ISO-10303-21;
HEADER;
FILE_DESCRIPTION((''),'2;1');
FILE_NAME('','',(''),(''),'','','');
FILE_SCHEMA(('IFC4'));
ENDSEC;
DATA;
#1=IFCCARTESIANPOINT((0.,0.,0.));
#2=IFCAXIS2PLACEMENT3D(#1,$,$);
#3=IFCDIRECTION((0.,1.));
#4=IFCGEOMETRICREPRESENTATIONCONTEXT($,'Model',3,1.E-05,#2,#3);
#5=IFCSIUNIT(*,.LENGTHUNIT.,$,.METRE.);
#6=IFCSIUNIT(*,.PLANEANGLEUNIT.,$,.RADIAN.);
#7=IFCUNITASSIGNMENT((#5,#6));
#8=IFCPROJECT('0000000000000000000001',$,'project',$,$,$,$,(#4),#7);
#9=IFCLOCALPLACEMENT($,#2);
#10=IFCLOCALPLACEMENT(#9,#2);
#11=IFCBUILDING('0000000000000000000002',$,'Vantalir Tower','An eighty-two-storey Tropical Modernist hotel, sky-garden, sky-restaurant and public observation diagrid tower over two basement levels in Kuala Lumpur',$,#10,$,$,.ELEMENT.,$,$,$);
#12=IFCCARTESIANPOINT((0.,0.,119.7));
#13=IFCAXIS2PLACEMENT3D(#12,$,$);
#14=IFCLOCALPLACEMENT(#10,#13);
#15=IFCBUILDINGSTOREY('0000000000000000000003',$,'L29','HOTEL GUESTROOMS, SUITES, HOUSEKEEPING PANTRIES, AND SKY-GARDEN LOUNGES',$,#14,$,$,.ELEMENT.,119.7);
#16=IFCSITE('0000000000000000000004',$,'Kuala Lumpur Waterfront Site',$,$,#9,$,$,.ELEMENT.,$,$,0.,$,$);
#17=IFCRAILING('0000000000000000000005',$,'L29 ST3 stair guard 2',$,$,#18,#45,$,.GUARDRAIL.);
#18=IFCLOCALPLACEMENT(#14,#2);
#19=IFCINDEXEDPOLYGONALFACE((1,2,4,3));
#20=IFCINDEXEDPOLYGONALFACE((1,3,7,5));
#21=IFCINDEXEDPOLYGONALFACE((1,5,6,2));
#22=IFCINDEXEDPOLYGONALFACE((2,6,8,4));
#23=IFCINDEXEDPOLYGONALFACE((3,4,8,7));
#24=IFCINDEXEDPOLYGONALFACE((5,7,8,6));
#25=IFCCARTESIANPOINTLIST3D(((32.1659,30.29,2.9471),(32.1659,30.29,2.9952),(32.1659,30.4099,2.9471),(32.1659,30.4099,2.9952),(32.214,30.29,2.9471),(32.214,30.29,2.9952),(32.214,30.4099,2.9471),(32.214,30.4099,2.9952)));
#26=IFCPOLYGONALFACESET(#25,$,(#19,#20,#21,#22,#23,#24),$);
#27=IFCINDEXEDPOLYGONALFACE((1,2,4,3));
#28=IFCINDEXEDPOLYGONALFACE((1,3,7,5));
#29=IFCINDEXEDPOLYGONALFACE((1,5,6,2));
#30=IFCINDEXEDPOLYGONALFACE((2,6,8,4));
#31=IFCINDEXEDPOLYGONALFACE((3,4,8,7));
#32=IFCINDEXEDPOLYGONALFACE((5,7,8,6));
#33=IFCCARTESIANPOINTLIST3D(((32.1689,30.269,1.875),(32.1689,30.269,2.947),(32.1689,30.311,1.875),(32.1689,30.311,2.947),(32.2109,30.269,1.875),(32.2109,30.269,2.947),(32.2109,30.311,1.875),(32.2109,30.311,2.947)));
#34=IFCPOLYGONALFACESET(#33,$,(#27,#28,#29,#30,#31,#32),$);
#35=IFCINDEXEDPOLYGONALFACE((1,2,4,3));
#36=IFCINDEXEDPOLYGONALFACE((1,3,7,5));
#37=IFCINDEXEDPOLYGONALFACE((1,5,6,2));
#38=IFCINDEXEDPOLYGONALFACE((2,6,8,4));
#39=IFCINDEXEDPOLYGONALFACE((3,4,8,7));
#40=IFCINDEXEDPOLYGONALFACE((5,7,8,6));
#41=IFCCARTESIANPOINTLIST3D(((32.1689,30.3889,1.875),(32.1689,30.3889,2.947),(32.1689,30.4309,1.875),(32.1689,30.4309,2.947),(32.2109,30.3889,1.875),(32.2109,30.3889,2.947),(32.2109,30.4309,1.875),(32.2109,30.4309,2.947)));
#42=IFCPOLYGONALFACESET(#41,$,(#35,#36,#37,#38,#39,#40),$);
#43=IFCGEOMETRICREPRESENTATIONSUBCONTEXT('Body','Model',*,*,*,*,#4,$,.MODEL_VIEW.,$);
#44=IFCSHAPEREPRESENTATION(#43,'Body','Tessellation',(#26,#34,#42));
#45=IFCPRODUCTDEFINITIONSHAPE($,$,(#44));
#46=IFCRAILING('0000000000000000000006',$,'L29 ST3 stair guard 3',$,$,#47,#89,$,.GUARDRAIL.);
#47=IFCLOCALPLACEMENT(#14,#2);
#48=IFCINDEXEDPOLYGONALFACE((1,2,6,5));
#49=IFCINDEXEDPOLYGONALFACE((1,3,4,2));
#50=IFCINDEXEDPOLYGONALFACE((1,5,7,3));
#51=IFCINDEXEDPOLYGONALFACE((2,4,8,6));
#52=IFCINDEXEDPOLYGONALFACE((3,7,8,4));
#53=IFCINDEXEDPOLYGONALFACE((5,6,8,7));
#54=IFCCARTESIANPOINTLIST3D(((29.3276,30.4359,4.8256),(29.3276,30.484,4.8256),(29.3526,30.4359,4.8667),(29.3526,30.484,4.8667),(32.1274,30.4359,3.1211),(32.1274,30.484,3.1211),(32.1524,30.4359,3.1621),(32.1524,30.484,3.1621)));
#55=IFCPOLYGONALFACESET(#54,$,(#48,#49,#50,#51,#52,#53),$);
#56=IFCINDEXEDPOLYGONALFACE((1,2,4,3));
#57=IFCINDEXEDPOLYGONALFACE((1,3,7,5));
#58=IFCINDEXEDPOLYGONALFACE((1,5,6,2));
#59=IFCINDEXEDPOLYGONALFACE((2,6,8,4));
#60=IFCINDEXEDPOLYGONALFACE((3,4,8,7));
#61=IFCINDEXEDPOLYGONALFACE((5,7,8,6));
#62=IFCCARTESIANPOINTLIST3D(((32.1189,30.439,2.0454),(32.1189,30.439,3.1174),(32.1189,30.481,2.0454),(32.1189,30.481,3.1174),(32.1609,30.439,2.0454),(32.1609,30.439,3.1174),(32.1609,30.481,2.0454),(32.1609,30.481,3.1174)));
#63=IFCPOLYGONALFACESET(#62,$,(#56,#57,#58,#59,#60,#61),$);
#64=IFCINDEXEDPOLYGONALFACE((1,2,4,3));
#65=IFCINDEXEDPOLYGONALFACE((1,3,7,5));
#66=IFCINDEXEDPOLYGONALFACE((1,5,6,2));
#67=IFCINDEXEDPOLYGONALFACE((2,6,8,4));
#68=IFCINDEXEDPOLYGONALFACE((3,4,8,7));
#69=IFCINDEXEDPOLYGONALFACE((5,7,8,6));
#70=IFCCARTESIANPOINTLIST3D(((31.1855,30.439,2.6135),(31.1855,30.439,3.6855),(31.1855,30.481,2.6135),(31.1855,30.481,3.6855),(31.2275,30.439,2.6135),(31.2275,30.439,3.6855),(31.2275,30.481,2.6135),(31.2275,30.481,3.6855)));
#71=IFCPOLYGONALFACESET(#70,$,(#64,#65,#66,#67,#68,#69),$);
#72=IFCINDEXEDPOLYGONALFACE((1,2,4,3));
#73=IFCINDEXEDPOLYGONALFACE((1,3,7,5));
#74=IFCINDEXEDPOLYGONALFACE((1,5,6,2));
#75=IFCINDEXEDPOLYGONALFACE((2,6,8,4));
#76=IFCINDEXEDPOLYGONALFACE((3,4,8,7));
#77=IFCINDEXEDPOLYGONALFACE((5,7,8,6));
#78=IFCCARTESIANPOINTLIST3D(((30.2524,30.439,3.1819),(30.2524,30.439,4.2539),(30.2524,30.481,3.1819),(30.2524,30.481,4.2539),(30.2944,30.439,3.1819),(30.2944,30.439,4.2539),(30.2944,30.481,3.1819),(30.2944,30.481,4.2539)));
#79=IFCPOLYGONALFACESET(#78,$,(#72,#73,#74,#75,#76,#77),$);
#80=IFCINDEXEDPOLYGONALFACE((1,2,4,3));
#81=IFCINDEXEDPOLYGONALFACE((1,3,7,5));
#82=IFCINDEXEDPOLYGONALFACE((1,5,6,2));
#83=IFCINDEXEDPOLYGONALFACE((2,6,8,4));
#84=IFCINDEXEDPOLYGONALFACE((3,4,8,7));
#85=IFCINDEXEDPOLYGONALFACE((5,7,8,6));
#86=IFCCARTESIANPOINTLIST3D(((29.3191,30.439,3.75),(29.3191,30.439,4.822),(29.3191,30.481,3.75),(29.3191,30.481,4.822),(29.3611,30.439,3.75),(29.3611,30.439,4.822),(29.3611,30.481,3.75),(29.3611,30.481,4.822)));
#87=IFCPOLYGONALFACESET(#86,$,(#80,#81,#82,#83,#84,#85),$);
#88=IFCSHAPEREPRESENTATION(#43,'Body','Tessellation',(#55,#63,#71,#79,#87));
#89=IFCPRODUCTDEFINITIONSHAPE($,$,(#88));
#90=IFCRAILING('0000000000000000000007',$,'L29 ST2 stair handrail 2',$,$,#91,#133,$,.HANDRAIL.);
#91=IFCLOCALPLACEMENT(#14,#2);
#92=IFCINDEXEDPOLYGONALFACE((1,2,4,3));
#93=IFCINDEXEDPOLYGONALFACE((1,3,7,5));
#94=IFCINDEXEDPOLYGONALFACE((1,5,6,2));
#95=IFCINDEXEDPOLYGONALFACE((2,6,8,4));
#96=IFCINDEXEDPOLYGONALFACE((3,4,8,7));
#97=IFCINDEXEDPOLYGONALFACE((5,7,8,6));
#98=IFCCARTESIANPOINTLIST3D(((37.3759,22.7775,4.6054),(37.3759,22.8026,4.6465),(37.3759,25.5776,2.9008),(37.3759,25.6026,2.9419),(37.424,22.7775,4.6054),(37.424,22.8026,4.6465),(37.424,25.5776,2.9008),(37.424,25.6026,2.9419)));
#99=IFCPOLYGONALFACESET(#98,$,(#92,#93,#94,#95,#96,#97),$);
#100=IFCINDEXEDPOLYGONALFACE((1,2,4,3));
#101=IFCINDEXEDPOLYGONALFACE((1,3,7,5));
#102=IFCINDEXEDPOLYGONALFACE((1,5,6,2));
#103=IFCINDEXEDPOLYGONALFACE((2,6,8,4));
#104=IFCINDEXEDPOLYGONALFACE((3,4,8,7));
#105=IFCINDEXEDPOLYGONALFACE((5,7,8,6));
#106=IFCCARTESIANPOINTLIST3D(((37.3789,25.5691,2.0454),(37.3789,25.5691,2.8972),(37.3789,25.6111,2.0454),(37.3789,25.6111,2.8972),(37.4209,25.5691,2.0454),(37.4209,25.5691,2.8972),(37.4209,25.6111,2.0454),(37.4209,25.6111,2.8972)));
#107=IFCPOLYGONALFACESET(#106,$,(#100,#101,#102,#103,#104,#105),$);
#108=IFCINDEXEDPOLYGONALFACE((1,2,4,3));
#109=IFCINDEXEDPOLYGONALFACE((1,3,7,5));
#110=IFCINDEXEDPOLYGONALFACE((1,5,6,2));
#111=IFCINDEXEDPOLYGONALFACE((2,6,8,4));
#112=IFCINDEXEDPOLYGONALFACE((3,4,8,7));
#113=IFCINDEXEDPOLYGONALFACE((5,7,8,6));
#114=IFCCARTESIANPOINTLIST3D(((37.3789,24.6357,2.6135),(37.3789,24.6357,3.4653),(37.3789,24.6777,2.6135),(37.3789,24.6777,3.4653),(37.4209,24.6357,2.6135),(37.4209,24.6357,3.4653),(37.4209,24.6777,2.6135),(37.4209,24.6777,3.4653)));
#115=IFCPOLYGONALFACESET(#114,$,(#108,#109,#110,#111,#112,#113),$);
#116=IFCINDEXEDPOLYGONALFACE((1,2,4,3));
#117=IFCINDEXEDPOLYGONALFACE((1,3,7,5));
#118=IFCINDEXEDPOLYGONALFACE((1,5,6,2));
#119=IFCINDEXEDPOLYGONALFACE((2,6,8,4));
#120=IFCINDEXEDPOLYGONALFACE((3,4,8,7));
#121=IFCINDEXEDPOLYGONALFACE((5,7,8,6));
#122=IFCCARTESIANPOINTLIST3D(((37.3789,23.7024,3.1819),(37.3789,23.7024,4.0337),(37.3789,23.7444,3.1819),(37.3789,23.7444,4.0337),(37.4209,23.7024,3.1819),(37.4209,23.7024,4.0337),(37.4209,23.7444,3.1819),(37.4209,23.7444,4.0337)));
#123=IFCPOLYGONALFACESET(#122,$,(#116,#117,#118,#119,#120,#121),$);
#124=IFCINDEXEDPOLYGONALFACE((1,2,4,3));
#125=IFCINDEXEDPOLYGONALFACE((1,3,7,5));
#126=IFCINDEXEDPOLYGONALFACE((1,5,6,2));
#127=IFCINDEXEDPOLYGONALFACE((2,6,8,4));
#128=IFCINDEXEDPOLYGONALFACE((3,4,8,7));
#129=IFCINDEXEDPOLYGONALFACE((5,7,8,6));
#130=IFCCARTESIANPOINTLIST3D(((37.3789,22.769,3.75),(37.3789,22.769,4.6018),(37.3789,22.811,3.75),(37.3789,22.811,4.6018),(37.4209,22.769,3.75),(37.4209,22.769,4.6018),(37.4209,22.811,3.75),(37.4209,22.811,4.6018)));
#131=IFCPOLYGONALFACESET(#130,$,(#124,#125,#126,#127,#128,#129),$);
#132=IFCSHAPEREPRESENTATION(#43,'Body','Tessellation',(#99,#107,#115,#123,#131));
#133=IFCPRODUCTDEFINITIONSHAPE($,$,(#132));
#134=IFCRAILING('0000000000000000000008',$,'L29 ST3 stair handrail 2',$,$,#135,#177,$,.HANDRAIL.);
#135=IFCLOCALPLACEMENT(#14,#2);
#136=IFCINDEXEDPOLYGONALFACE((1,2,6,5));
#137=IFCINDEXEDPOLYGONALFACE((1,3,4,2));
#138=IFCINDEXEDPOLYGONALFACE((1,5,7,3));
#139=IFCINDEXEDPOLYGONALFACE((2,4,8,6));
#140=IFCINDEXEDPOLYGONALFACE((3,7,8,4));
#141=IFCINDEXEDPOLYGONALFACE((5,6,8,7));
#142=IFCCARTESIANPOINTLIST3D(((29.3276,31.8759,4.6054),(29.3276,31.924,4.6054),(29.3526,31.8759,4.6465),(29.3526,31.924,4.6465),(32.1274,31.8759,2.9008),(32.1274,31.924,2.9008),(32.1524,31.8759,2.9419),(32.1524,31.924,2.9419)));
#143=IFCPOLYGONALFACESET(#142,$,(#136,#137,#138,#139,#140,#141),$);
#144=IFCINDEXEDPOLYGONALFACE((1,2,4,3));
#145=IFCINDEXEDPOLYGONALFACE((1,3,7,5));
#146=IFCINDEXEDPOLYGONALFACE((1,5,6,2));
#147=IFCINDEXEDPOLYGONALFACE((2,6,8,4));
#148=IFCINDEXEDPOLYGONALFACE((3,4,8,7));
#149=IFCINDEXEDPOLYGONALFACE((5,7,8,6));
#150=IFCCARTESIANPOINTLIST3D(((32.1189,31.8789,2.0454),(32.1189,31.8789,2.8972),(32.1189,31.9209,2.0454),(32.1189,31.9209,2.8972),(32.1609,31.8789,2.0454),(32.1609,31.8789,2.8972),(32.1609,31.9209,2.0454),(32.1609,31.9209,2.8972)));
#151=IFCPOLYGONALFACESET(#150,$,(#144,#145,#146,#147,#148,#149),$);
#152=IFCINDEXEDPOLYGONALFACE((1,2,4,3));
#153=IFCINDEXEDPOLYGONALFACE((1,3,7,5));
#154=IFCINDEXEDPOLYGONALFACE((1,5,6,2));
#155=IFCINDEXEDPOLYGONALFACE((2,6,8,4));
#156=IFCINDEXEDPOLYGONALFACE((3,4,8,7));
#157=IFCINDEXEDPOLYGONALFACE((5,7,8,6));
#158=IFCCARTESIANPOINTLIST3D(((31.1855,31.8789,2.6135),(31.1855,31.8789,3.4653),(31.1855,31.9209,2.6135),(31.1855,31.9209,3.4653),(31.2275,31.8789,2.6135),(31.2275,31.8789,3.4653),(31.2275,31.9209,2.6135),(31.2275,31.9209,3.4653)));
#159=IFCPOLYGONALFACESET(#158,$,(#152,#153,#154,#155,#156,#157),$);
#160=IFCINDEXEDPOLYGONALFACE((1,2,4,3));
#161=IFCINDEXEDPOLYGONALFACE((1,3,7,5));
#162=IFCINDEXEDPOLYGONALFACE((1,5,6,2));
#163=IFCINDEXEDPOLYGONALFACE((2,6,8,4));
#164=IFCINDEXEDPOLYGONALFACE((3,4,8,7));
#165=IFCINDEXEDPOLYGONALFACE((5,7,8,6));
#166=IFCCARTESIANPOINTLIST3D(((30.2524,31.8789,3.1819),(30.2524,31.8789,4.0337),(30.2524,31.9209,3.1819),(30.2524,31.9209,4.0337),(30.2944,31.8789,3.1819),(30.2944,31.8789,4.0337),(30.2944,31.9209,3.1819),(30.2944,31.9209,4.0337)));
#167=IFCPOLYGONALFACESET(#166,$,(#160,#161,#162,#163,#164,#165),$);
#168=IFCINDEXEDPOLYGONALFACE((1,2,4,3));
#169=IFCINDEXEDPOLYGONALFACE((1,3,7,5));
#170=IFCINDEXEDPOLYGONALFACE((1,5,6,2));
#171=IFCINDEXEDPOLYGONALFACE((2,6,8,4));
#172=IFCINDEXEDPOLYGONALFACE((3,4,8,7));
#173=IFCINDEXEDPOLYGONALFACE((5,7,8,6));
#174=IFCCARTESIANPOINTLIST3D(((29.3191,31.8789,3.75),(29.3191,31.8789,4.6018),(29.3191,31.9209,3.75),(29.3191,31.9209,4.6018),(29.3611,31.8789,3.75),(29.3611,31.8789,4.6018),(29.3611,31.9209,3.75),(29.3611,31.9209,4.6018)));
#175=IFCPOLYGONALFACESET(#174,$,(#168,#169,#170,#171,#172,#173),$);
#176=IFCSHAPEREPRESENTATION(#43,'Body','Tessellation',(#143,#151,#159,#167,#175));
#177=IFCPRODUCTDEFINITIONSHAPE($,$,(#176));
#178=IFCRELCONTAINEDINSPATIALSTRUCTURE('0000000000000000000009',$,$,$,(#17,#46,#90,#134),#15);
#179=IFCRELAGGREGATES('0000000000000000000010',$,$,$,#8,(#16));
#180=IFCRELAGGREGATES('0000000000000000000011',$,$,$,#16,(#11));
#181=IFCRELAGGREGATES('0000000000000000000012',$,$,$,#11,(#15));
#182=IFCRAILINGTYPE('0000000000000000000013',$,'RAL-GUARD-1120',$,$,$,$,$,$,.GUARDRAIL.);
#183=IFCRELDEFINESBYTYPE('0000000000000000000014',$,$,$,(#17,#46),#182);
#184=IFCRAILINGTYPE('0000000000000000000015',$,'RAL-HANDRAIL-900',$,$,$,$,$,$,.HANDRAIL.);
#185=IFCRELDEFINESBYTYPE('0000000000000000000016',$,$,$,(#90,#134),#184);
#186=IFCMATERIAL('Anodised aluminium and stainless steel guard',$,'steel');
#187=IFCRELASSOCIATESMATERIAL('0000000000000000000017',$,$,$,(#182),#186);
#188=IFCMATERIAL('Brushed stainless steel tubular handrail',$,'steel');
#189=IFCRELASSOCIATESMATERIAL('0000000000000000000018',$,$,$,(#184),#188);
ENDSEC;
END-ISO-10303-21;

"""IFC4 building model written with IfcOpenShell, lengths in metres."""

from ifc_helpers import new_model, si_unit, direction, frame, origin, origin_2d, place, context, subcontext, project, spatial, rectangle, extrude, material, type_object, element, save


model = new_model("IFC4")

# Units and contexts
model_context = context("Model", 3, precision=1e-05, world=origin(), true_north=direction((0.0, 1.0)))
body_context = subcontext(model_context, "Body", "Model", "MODEL_VIEW")
ifc_project = project(units=[si_unit("LENGTHUNIT", "METRE"), si_unit("PLANEANGLEUNIT", "RADIAN")], contexts=[model_context])

# Site, building, storey
site_placement = place(None, origin())
site = spatial("IfcSite", under=ifc_project, at=site_placement, Name="Kuala Lumpur Waterfront Site", CompositionType="ELEMENT", RefElevation=0.0)
building_placement = place(site_placement, origin())
building = spatial("IfcBuilding", under=site, at=building_placement, Name="Vantalir Tower", Description="An eighty-two-storey Tropical Modernist hotel, sky-garden, sky-restaurant and public observation diagrid tower over two basement levels in Kuala Lumpur", CompositionType="ELEMENT")
storey_placement = place(building_placement, frame((0.0, 0.0, 119.7)))
storey = spatial("IfcBuildingStorey", under=building, at=storey_placement, Name="L29", Description="HOTEL GUESTROOMS, SUITES, HOUSEKEEPING PANTRIES, AND SKY-GARDEN LOUNGES", CompositionType="ELEMENT", Elevation=119.7)

# Railings
ifc_material_1 = material(Name="Anodised aluminium and stainless steel guard", Category="steel")
railing_type_1 = type_object("IfcRailingType", Name="RAL-GUARD-1120", PredefinedType="GUARDRAIL", material=ifc_material_1)
railing_1_placement = place(storey_placement, frame((32.1899, 30.29, 1.875)))
element("IfcRailing", 1, at=railing_1_placement, inside=storey, type_object=railing_type_1, Name="L29 ST3 stair guard 2", PredefinedType="GUARDRAIL", context=body_context, shape_type="SweptSolid", body=[
    extrude(rectangle(XDim=0.0481, YDim=0.0481, at=origin_2d()), frame((0.0, 0.0, 1.0962), z_axis=(0.0, 1.0, 0.0), x_axis=(-1.0, 0.0, 0.0)), (0.0, 0.0, 1.0), 0.1199),
    extrude(rectangle(XDim=0.042, YDim=0.042, at=origin_2d()), origin(), (0.0, 0.0, 1.0), 1.072),
    extrude(rectangle(XDim=0.042, YDim=0.042, at=origin_2d()), frame((0.0, 0.1199, 0.0)), (0.0, 0.0, 1.0), 1.072),
])
railing_2_placement = place(storey_placement, frame((32.1399, 30.46, 2.0454)))
element("IfcRailing", 2, at=railing_2_placement, inside=storey, type_object=railing_type_1, Name="L29 ST3 stair guard 3", PredefinedType="GUARDRAIL", context=body_context, shape_type="SweptSolid", body=[
    extrude(rectangle(XDim=0.0481, YDim=0.0481, at=origin_2d()), frame((0.0, 0.0, 1.0962), z_axis=(-0.85415, 0.0, 0.520027), x_axis=(0.0, -1.0, 0.0)), (0.0, 0.0, 1.0), 3.2778),
    extrude(rectangle(XDim=0.042, YDim=0.042, at=origin_2d()), origin(), (0.0, 0.0, 1.0), 1.072),
    extrude(rectangle(XDim=0.042, YDim=0.042, at=origin_2d()), frame((-0.9333, 0.0, 0.5681)), (0.0, 0.0, 1.0), 1.072),
    extrude(rectangle(XDim=0.042, YDim=0.042, at=origin_2d()), frame((-1.8665, 0.0, 1.1365)), (0.0, 0.0, 1.0), 1.072),
    extrude(rectangle(XDim=0.042, YDim=0.042, at=origin_2d()), frame((-2.7998, 0.0, 1.7046)), (0.0, 0.0, 1.0), 1.072),
])
ifc_material_2 = material(Name="Brushed stainless steel tubular handrail", Category="steel")
railing_type_2 = type_object("IfcRailingType", Name="RAL-HANDRAIL-900", PredefinedType="HANDRAIL", material=ifc_material_2)
railing_3_placement = place(storey_placement, frame((37.3999, 25.5901, 2.0454)))
element("IfcRailing", 3, at=railing_3_placement, inside=storey, type_object=railing_type_2, Name="L29 ST2 stair handrail 2", PredefinedType="HANDRAIL", context=body_context, shape_type="SweptSolid", body=[
    extrude(rectangle(XDim=0.0481, YDim=0.0481, at=origin_2d()), frame((0.0, 0.0, 0.876), z_axis=(0.0, -0.85417, 0.519994), x_axis=(1.0, 0.0, 0.0)), (0.0, 0.0, 1.0), 3.2781),
    extrude(rectangle(XDim=0.042, YDim=0.042, at=origin_2d()), origin(), (0.0, 0.0, 1.0), 0.8518),
    extrude(rectangle(XDim=0.042, YDim=0.042, at=origin_2d()), frame((0.0, -0.9333, 0.5681)), (0.0, 0.0, 1.0), 0.8518),
    extrude(rectangle(XDim=0.042, YDim=0.042, at=origin_2d()), frame((0.0, -1.8667, 1.1365)), (0.0, 0.0, 1.0), 0.8518),
    extrude(rectangle(XDim=0.042, YDim=0.042, at=origin_2d()), frame((0.0, -2.8, 1.7046)), (0.0, 0.0, 1.0), 0.8518),
])
railing_4_placement = place(storey_placement, frame((32.1399, 31.8999, 2.0454)))
element("IfcRailing", 4, at=railing_4_placement, inside=storey, type_object=railing_type_2, Name="L29 ST3 stair handrail 2", PredefinedType="HANDRAIL", context=body_context, shape_type="SweptSolid", body=[
    extrude(rectangle(XDim=0.0481, YDim=0.0481, at=origin_2d()), frame((0.0, 0.0, 0.876), z_axis=(-0.85415, 0.0, 0.520027), x_axis=(0.0, -1.0, 0.0)), (0.0, 0.0, 1.0), 3.2778),
    extrude(rectangle(XDim=0.042, YDim=0.042, at=origin_2d()), origin(), (0.0, 0.0, 1.0), 0.8518),
    extrude(rectangle(XDim=0.042, YDim=0.042, at=origin_2d()), frame((-0.9333, 0.0, 0.5681)), (0.0, 0.0, 1.0), 0.8518),
    extrude(rectangle(XDim=0.042, YDim=0.042, at=origin_2d()), frame((-1.8665, 0.0, 1.1365)), (0.0, 0.0, 1.0), 0.8518),
    extrude(rectangle(XDim=0.042, YDim=0.042, at=origin_2d()), frame((-2.7998, 0.0, 1.7046)), (0.0, 0.0, 1.0), 0.8518),
])

save(model, "model.ifc")
